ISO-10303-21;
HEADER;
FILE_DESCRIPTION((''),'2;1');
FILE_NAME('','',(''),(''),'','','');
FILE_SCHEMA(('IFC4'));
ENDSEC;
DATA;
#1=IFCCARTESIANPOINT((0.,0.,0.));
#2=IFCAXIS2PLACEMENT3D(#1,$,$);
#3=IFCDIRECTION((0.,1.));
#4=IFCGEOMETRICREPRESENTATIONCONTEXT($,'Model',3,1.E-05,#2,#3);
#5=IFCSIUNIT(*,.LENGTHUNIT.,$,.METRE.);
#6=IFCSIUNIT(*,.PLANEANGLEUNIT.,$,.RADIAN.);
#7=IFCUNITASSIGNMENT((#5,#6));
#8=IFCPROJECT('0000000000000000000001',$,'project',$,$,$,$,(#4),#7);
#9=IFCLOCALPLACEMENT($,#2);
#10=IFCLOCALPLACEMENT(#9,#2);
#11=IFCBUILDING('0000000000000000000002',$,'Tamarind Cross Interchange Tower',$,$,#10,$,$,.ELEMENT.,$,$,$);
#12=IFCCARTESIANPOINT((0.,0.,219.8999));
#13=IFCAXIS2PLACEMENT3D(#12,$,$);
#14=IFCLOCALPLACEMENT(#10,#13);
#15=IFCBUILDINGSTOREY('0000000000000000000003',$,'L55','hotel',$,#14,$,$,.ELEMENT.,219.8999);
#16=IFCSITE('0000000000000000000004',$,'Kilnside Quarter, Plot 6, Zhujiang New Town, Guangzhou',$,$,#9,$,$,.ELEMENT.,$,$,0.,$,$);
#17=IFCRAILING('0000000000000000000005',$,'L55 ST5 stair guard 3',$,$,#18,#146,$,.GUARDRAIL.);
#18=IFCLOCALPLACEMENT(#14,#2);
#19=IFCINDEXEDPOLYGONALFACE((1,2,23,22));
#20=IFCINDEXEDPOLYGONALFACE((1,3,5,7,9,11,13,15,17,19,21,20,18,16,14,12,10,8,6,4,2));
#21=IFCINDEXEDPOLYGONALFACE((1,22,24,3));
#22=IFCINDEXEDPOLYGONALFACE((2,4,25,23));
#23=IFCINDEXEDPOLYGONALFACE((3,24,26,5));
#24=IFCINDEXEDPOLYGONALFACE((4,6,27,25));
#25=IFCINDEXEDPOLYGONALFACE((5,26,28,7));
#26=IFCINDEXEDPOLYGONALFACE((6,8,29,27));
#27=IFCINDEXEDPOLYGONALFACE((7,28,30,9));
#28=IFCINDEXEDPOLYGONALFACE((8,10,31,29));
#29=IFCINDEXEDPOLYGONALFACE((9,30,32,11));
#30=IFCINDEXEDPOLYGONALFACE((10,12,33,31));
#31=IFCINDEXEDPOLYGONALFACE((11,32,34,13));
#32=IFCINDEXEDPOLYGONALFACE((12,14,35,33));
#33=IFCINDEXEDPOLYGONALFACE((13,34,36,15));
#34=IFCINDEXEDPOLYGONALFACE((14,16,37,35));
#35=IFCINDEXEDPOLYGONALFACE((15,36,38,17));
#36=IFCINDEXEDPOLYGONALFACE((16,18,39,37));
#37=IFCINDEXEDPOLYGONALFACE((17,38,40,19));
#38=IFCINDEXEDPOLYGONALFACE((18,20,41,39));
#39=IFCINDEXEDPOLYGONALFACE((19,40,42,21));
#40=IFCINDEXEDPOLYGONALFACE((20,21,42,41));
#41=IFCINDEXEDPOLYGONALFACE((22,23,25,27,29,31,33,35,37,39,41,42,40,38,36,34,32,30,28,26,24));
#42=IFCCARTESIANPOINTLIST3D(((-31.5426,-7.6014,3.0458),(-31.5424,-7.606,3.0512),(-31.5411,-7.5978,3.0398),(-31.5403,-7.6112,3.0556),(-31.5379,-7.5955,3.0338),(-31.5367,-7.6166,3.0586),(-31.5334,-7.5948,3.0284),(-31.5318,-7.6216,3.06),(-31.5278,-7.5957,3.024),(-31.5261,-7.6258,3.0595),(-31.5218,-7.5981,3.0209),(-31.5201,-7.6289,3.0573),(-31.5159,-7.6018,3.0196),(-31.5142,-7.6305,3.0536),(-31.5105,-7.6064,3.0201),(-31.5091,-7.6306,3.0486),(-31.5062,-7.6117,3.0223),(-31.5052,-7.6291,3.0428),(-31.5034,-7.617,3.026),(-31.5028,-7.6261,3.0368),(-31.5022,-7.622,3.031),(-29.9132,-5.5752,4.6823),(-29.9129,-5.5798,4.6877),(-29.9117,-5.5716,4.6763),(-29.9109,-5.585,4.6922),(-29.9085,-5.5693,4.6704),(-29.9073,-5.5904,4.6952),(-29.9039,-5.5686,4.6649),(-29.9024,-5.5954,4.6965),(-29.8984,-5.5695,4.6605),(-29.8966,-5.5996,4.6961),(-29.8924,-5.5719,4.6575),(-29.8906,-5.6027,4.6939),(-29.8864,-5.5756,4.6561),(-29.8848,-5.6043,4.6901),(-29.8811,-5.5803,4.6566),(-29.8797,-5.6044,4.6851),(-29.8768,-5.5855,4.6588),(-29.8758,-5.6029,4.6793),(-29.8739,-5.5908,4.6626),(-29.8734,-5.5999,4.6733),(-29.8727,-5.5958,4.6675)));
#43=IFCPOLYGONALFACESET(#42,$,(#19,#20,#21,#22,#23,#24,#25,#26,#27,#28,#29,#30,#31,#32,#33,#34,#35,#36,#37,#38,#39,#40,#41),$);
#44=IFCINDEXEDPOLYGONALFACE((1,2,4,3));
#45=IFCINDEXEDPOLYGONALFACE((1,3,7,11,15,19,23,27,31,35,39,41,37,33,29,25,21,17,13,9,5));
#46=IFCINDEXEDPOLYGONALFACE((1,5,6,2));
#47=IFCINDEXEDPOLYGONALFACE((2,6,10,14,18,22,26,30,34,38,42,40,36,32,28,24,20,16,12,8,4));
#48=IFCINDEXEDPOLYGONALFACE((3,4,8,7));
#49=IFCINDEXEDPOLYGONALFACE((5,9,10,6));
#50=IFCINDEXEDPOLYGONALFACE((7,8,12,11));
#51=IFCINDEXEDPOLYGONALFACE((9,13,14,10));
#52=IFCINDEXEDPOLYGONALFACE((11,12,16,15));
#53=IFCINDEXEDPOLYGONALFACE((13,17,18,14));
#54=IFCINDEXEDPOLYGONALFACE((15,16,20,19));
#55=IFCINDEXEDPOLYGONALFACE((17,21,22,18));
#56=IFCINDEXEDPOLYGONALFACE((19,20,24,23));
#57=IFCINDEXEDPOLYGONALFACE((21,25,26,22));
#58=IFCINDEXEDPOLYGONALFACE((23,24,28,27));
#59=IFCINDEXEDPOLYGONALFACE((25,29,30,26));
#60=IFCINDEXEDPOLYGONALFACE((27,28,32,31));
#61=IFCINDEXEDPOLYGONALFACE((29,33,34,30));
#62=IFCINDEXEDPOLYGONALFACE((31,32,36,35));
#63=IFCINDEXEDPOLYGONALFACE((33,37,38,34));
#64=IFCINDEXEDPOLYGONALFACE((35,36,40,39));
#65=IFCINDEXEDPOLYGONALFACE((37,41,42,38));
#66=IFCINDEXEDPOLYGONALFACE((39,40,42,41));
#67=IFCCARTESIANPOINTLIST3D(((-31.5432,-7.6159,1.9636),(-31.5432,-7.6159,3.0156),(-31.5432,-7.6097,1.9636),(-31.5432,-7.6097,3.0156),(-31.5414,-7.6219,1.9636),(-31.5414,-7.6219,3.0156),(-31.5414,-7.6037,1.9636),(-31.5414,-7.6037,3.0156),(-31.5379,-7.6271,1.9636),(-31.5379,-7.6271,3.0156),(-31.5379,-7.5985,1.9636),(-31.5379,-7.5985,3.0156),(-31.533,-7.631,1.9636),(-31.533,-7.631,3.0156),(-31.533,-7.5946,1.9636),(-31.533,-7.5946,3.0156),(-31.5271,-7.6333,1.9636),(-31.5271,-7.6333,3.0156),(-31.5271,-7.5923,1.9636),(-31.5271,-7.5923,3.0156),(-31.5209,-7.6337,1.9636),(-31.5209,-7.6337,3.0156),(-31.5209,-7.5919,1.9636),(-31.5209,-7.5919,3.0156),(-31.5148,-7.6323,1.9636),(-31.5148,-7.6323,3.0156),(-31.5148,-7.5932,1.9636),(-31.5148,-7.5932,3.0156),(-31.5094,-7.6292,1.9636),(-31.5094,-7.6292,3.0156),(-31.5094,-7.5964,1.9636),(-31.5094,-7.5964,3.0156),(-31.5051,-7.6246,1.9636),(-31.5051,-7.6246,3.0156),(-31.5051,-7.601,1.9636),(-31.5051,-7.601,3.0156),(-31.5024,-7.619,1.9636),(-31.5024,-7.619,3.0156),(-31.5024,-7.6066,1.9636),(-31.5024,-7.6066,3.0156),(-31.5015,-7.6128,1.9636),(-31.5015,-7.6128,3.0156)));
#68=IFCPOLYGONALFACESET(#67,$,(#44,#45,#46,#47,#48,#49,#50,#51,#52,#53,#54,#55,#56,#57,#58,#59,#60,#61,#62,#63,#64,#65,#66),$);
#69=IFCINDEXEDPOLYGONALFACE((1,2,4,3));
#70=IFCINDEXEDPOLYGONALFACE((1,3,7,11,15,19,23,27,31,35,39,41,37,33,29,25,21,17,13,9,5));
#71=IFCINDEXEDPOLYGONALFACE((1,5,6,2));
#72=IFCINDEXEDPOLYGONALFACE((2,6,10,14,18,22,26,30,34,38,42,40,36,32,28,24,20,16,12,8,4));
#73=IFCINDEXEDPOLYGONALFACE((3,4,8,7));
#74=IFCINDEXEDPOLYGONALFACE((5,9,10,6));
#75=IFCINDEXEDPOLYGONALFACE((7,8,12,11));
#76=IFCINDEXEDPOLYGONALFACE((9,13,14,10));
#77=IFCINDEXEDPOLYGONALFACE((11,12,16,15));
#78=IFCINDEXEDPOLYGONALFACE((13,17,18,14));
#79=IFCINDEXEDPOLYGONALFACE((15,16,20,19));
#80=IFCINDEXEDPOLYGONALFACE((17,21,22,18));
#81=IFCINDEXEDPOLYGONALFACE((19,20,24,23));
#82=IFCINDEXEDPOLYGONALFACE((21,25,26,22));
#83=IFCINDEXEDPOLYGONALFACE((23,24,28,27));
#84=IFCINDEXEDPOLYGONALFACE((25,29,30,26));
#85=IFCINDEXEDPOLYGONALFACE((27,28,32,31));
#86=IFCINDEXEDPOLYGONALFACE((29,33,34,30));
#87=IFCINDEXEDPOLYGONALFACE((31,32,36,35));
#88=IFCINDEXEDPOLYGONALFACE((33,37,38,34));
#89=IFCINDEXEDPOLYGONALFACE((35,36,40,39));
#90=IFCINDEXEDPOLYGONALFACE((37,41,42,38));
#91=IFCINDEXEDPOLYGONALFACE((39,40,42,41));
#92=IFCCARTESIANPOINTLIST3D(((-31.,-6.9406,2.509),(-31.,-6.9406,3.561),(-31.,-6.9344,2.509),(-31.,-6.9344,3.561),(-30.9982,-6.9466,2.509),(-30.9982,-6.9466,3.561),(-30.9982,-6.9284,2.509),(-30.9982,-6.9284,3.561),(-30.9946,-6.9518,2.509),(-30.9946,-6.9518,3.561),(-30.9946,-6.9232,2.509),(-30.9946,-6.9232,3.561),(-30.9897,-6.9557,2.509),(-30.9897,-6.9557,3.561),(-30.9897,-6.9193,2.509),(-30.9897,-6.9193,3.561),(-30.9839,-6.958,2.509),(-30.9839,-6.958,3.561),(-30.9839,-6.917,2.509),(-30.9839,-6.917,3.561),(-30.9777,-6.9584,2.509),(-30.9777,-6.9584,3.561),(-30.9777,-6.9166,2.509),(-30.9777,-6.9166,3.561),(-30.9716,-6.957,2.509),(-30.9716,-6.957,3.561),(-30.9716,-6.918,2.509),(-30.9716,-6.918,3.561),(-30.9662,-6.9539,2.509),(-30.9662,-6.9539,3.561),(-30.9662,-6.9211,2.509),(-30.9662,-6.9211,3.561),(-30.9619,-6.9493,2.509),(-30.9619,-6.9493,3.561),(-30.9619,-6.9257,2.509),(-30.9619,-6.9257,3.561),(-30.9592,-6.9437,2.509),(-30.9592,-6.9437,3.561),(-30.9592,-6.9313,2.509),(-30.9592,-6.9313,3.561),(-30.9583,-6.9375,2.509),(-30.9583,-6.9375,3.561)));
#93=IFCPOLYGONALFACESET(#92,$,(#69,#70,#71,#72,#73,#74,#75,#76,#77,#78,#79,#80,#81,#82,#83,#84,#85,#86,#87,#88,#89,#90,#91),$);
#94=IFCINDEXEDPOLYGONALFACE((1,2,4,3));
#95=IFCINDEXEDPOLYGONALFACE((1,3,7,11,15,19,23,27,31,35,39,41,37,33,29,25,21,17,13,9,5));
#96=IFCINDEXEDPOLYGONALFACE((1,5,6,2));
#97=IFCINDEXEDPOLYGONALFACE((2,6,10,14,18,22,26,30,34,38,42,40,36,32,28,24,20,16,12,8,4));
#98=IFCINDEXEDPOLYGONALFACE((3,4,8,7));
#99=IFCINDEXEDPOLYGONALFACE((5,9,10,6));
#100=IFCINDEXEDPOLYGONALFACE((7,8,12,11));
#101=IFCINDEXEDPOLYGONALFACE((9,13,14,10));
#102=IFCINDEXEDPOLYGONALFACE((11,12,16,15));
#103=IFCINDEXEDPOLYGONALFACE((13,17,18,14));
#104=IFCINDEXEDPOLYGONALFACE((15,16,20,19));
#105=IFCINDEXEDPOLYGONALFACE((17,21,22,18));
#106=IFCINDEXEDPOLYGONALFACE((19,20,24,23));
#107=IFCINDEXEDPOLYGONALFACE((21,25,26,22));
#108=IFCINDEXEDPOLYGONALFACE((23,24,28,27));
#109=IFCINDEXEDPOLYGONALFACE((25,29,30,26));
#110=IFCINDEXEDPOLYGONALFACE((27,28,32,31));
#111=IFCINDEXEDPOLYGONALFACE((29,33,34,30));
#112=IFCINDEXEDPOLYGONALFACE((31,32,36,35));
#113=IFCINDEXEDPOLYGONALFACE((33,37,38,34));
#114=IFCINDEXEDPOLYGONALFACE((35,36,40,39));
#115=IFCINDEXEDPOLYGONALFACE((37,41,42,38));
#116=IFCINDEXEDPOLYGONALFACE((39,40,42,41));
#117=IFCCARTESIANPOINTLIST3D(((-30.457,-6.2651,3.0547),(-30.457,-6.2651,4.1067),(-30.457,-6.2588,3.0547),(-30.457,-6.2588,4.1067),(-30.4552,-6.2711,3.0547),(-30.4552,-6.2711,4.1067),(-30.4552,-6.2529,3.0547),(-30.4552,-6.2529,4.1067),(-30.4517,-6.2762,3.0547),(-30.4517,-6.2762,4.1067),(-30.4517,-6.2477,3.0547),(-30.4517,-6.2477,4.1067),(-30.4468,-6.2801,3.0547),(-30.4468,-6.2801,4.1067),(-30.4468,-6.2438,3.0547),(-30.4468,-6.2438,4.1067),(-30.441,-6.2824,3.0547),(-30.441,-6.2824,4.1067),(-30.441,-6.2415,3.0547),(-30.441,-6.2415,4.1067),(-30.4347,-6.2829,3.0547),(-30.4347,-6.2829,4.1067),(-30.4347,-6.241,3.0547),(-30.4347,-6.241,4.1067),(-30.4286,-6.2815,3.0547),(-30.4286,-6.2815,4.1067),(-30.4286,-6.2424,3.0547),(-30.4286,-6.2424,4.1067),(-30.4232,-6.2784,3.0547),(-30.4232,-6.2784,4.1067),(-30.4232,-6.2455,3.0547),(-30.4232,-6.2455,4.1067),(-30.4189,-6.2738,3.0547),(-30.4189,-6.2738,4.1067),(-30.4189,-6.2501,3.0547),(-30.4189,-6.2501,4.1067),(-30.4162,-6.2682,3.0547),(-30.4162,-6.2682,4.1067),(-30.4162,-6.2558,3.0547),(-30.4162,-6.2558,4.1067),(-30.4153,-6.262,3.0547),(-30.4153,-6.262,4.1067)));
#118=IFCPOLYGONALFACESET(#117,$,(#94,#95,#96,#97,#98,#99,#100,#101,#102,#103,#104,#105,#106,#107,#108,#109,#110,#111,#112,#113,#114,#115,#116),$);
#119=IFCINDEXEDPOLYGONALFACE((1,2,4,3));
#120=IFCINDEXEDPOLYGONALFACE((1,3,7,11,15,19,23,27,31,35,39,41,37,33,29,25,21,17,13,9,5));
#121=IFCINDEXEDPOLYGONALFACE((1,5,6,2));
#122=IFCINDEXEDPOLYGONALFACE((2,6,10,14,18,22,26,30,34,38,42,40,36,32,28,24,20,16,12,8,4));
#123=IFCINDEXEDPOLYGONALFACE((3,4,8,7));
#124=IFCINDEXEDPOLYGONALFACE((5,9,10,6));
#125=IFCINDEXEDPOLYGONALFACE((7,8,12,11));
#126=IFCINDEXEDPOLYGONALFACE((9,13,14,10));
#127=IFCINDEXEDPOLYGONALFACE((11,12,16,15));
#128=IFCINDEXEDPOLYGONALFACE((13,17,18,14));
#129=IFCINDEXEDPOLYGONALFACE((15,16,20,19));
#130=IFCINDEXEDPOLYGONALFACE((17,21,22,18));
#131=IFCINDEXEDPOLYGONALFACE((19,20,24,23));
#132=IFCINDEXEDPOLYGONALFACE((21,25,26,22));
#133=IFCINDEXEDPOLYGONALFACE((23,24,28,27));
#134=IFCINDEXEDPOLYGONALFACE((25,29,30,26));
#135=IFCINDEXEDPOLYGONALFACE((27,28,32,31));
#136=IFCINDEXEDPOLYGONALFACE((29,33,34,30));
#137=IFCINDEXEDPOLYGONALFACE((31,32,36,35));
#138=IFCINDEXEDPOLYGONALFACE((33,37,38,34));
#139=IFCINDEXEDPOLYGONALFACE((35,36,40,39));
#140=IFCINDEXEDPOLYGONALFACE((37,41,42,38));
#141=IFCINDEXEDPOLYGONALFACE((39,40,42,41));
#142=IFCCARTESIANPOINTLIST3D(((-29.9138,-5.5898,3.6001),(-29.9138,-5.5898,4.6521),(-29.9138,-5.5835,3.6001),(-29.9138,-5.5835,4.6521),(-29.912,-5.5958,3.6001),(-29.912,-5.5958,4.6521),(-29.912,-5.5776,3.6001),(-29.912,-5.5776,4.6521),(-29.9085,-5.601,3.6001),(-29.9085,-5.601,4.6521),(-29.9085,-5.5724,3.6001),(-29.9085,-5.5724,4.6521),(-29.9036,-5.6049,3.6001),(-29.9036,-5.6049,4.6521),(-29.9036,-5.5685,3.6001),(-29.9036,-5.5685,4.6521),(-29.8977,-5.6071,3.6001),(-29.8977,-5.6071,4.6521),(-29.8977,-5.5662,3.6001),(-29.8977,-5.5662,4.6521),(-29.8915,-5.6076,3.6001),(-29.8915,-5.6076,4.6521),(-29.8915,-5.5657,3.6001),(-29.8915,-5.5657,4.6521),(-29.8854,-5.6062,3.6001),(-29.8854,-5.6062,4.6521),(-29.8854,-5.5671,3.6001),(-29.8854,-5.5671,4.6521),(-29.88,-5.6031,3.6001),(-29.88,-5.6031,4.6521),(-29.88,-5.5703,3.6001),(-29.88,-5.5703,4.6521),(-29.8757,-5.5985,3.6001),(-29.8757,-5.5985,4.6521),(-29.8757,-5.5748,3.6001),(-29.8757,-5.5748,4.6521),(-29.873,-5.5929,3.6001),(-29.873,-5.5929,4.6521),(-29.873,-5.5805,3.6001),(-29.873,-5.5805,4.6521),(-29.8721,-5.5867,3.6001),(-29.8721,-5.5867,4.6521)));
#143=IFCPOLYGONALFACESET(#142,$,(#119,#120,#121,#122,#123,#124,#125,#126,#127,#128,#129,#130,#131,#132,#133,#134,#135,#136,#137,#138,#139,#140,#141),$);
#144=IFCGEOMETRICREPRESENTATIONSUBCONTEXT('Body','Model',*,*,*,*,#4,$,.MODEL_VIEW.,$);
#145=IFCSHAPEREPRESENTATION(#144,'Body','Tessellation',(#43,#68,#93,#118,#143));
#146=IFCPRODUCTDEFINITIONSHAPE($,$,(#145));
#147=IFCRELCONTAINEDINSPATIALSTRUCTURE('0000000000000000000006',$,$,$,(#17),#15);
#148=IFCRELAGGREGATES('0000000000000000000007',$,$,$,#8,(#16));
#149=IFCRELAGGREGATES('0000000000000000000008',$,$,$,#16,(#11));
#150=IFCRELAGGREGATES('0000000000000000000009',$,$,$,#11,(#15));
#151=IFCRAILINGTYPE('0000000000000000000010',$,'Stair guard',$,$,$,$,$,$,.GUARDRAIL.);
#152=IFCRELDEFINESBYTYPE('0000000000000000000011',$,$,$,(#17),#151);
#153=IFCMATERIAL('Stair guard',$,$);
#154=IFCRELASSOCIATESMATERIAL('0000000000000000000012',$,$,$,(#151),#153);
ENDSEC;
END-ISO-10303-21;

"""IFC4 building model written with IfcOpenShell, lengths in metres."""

from ifc_helpers import new_model, si_unit, direction, frame, origin, origin_2d, place, context, subcontext, project, spatial, circle, extrude, material, type_object, element, save


model = new_model("IFC4")

# Units and contexts
model_context = context("Model", 3, precision=1e-05, world=origin(), true_north=direction((0.0, 1.0)))
body_context = subcontext(model_context, "Body", "Model", "MODEL_VIEW")
ifc_project = project(units=[si_unit("LENGTHUNIT", "METRE"), si_unit("PLANEANGLEUNIT", "RADIAN")], contexts=[model_context])

# Site, building, storey
site_placement = place(None, origin())
site = spatial("IfcSite", under=ifc_project, at=site_placement, Name="Kilnside Quarter, Plot 6, Zhujiang New Town, Guangzhou", CompositionType="ELEMENT", RefElevation=0.0)
building_placement = place(site_placement, origin())
building = spatial("IfcBuilding", under=site, at=building_placement, Name="Tamarind Cross Interchange Tower", CompositionType="ELEMENT")
storey_placement = place(building_placement, frame((0.0, 0.0, 219.8999)))
storey = spatial("IfcBuildingStorey", under=building, at=storey_placement, Name="L55", Description="hotel", CompositionType="ELEMENT", Elevation=219.8999)

# Railing
ifc_material_1 = material(Name="Stair guard")
railing_type_1 = type_object("IfcRailingType", Name="Stair guard", PredefinedType="GUARDRAIL", material=ifc_material_1)
railing_1_placement = place(storey_placement, frame((-31.5225, -7.6128, 1.9636)))
element("IfcRailing", 1, at=railing_1_placement, inside=storey, type_object=railing_type_1, Name="L55 ST5 stair guard 3", PredefinedType="GUARDRAIL", context=body_context, shape_type="SweptSolid", body=[
    extrude(circle(Radius=0.0239, at=origin_2d()), frame((0.0, 0.0, 1.0762), z_axis=(0.530375, 0.659511, 0.532679), x_axis=(-0.779272, 0.626686, 0.0)), (0.0, 0.0, 1.0), 3.0723),
    extrude(circle(Radius=0.021, at=origin_2d()), origin(), (0.0, 0.0, 1.0), 1.052),
    extrude(circle(Radius=0.021, at=origin_2d()), frame((0.5432, 0.6753, 0.5454)), (0.0, 0.0, 1.0), 1.052),
    extrude(circle(Radius=0.021, at=origin_2d()), frame((1.0862, 1.3508, 1.0911)), (0.0, 0.0, 1.0), 1.052),
    extrude(circle(Radius=0.021, at=origin_2d()), frame((1.6294, 2.0261, 1.6365)), (0.0, 0.0, 1.0), 1.052),
])

save(model, "model.ifc")
